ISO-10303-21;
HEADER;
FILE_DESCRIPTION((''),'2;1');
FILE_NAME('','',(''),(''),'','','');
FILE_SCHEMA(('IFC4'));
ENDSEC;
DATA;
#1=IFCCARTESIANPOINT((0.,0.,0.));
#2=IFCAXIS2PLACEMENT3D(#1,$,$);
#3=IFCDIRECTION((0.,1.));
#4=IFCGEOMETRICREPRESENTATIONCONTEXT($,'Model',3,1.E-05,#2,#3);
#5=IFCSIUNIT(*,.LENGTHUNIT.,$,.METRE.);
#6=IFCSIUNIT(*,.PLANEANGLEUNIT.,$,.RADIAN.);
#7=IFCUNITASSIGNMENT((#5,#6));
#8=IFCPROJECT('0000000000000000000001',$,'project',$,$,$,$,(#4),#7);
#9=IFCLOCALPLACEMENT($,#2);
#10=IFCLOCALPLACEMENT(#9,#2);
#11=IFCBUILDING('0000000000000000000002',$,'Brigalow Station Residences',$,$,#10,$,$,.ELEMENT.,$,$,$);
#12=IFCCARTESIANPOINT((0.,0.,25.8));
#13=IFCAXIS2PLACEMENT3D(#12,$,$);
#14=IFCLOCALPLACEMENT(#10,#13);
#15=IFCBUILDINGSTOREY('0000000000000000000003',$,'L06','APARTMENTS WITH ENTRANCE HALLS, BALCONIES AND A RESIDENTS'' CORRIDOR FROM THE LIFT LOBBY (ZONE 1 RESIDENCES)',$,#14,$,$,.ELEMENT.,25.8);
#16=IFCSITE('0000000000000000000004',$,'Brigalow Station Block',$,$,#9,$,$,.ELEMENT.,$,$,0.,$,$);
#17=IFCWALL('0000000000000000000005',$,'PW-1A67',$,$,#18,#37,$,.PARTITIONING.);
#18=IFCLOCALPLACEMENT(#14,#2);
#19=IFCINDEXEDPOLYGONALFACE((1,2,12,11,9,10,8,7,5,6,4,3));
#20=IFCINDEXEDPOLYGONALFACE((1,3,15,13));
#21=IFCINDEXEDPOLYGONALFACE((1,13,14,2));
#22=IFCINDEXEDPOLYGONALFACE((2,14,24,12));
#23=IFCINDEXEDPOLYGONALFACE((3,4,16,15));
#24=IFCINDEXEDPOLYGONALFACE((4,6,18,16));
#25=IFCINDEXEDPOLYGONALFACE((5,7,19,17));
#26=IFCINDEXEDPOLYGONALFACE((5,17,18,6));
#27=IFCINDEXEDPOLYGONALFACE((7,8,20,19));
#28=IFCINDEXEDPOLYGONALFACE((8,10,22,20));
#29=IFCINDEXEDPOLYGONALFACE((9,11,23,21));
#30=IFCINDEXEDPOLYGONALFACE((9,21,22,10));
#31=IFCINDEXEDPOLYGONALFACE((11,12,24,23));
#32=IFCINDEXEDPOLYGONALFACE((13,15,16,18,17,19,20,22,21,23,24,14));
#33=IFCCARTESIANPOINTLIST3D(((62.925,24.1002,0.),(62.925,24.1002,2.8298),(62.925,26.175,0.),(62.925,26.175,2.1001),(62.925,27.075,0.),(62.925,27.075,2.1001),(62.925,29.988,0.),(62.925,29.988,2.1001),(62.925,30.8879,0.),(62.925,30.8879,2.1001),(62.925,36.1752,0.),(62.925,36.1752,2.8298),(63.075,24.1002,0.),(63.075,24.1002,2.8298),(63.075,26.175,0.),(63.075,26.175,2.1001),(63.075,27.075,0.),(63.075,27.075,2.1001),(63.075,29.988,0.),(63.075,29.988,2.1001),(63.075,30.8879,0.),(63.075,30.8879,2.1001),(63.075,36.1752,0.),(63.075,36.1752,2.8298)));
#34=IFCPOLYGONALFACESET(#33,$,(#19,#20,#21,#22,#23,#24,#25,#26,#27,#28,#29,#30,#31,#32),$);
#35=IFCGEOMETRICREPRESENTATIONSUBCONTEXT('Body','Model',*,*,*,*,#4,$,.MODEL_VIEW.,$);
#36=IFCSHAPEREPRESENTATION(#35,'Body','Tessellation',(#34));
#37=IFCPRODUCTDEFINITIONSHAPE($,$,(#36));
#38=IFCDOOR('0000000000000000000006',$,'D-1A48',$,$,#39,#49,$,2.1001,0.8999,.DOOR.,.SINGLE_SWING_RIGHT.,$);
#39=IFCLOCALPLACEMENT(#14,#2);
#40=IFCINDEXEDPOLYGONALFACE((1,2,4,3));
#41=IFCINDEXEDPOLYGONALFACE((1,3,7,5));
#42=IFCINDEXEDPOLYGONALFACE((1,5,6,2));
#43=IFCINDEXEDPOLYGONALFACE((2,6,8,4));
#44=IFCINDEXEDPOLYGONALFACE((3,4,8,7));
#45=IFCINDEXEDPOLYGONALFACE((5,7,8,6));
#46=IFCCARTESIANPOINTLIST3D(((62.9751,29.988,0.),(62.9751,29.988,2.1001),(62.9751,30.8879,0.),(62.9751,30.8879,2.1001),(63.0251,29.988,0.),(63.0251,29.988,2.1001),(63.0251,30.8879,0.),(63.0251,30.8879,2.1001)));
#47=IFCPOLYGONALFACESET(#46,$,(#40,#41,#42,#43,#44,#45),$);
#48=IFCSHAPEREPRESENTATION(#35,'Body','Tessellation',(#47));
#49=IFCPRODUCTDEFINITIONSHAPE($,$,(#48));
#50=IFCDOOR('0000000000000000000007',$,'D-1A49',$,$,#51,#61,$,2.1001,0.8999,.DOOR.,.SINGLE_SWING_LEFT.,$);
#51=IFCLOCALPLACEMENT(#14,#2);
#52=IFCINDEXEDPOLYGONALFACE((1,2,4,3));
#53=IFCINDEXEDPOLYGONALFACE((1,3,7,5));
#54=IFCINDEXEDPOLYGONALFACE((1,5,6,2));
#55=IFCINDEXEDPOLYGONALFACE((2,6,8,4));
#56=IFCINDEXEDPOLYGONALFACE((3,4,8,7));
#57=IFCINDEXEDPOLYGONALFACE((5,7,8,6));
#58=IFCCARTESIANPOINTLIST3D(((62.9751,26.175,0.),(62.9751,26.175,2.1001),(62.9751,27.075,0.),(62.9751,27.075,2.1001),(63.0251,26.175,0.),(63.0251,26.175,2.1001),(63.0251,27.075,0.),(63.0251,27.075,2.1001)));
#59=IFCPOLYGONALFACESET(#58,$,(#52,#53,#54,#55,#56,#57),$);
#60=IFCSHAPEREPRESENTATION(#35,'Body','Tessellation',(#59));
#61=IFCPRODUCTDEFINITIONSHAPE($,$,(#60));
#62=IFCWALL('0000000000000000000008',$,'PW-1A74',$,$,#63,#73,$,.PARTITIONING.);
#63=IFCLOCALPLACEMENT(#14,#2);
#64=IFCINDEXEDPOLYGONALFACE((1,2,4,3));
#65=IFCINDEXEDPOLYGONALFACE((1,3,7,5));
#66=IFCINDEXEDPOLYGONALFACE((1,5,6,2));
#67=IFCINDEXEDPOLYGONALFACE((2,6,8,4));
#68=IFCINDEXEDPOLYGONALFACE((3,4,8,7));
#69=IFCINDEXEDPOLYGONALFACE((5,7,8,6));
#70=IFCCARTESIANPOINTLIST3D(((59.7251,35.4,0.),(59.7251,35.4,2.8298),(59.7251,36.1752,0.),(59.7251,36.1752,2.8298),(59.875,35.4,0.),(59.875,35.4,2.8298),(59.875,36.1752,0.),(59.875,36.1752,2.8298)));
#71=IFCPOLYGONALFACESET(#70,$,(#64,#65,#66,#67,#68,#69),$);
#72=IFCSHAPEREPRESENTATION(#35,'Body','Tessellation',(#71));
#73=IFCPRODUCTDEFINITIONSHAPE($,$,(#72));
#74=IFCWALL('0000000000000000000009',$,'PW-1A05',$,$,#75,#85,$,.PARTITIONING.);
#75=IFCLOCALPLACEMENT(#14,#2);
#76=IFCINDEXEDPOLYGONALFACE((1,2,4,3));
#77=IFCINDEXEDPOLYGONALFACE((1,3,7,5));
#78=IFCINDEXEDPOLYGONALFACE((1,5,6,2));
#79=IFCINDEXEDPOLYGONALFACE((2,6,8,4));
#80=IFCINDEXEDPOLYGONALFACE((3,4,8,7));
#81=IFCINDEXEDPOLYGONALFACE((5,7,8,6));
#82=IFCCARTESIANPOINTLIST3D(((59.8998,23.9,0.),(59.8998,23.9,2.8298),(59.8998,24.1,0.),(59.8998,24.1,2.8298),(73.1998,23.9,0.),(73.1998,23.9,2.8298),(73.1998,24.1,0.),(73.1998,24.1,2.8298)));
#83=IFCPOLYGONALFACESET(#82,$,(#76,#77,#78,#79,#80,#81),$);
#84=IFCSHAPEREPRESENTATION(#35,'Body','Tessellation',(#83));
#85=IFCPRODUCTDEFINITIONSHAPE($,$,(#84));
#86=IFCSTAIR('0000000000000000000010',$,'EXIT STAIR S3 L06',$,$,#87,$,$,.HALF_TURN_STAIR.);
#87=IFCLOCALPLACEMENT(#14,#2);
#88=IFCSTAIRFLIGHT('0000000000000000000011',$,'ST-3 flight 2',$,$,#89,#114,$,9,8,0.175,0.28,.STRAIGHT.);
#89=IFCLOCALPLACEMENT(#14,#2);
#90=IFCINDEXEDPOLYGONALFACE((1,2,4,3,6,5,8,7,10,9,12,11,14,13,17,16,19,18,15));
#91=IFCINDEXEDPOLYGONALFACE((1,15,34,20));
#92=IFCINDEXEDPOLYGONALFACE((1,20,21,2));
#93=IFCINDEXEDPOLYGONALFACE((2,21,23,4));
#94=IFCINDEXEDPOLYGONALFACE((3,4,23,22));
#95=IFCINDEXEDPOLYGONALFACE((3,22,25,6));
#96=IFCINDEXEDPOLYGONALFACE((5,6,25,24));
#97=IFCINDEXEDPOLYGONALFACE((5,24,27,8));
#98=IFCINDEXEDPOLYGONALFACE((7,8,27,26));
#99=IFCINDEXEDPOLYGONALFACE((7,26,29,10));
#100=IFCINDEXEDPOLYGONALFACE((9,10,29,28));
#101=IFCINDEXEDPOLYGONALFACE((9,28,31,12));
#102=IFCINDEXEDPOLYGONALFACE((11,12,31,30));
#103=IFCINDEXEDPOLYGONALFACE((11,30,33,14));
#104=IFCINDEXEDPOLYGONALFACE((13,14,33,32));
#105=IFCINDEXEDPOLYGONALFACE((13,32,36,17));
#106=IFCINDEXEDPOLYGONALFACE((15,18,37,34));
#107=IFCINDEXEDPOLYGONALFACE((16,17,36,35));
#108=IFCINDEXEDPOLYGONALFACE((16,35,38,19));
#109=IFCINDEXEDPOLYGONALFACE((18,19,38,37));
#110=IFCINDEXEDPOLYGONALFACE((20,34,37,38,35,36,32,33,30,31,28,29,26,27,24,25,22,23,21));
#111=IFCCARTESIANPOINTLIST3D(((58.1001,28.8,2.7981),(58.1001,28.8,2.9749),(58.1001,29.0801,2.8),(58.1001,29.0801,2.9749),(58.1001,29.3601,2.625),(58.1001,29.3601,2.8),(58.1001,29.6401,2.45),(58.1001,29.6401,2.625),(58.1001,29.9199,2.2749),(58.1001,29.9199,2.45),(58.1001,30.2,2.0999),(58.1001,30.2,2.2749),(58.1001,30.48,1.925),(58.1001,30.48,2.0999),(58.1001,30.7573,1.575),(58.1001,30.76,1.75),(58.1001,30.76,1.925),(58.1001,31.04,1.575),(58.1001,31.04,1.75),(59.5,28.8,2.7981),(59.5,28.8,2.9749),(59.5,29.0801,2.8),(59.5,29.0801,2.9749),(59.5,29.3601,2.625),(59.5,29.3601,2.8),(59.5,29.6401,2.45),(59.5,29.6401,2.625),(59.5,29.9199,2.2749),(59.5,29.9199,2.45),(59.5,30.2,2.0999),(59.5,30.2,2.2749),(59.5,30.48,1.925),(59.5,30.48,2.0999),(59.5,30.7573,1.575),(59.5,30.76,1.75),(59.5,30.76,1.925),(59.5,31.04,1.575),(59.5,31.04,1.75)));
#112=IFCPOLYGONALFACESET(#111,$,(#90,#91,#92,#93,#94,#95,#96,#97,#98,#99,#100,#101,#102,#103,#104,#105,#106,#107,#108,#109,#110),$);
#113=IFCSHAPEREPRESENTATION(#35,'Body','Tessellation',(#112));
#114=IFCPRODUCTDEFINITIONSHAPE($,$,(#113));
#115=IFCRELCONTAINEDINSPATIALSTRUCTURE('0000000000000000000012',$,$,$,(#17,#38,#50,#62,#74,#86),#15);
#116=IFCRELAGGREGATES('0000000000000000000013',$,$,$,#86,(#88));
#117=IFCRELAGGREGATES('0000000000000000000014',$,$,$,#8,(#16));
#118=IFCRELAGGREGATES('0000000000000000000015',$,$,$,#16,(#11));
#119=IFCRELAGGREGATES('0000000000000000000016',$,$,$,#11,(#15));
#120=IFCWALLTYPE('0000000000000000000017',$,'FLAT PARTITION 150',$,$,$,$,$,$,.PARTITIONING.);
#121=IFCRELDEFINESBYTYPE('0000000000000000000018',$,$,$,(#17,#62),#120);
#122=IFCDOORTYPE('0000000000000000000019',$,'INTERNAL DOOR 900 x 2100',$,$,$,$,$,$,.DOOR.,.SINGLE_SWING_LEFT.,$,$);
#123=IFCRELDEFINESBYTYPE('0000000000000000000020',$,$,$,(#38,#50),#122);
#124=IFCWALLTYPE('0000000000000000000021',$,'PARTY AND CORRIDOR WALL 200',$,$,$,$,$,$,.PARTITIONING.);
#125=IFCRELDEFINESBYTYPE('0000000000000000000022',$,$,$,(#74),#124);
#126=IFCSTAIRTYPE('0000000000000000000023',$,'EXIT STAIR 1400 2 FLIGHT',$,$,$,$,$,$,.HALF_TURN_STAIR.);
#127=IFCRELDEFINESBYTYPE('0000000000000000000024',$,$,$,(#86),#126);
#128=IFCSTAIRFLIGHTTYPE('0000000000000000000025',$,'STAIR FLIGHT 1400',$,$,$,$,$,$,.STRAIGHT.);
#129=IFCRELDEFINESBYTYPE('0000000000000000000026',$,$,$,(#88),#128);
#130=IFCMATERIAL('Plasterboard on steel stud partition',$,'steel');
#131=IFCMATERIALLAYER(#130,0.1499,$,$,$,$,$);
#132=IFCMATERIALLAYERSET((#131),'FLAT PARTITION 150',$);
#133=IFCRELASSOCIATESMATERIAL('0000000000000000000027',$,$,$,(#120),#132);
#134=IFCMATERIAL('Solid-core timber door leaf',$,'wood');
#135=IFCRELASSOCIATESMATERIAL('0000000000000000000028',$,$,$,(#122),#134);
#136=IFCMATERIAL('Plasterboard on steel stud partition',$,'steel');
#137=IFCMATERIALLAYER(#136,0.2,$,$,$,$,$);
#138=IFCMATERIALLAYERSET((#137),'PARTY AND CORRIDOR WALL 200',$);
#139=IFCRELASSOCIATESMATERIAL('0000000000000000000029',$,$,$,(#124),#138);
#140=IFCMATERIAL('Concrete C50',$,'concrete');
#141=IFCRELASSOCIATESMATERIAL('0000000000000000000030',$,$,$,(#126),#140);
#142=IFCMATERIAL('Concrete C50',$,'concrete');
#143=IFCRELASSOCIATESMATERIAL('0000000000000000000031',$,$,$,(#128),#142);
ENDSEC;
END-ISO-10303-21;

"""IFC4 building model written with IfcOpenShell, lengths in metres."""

from ifc_helpers import new_model, si_unit, direction, frame, frame_2d, origin, place, context, subcontext, project, spatial, polyline, rectangle, outline, extrude, material, layer, layer_set, type_object, element, fill, aggregate, save


model = new_model("IFC4")

# Units and contexts
model_context = context("Model", 3, precision=1e-05, world=origin(), true_north=direction((0.0, 1.0)))
body_context = subcontext(model_context, "Body", "Model", "MODEL_VIEW")
ifc_project = project(units=[si_unit("LENGTHUNIT", "METRE"), si_unit("PLANEANGLEUNIT", "RADIAN")], contexts=[model_context])

# Site, building, storey
site_placement = place(None, origin())
site = spatial("IfcSite", under=ifc_project, at=site_placement, Name="Brigalow Station Block", CompositionType="ELEMENT", RefElevation=0.0)
building_placement = place(site_placement, origin())
building = spatial("IfcBuilding", under=site, at=building_placement, Name="Brigalow Station Residences", CompositionType="ELEMENT")
storey_placement = place(building_placement, frame((0.0, 0.0, 25.8)))
storey = spatial("IfcBuildingStorey", under=building, at=storey_placement, Name="L06", Description="APARTMENTS WITH ENTRANCE HALLS, BALCONIES AND A RESIDENTS' CORRIDOR FROM THE LIFT LOBBY (ZONE 1 RESIDENCES)", CompositionType="ELEMENT", Elevation=25.8)

# Shared definitions
ifc_material_1 = material(Name="Plasterboard on steel stud partition", Category="steel")
ifc_layer_1 = layer(ifc_material_1, 0.1499)
ifc_layer_set_1 = layer_set([ifc_layer_1], Name="FLAT PARTITION 150")
wall_type_1 = type_object("IfcWallType", Name="FLAT PARTITION 150", PredefinedType="PARTITIONING", material=ifc_layer_set_1)

# Shared definitions
ifc_material_2 = material(Name="Solid-core timber door leaf", Category="wood")
door_type_1 = type_object("IfcDoorType", Name="INTERNAL DOOR 900 x 2100", OperationType="SINGLE_SWING_LEFT", PredefinedType="DOOR", material=ifc_material_2)

# Wall, openings, doors
wall_1_placement = place(storey_placement, frame((63.0, 24.1001, 0.0), z_axis=(0.0, 0.0, 1.0), x_axis=(0.0, 1.0, 0.0)))
wall_1 = element("IfcWall", 1, at=wall_1_placement, inside=storey, type_object=wall_type_1, Name="PW-1A67", PredefinedType="PARTITIONING", context=body_context, shape_type="SweptSolid", body=[
    extrude(rectangle(XDim=12.075, YDim=0.1499, at=frame_2d((6.0376, 0.0))), origin(), (0.0, 0.0, 1.0), 2.8298),
])
opening_1_placement = place(wall_1_placement, frame((5.8879, 0.0, 0.0)))
opening_1 = element("IfcOpeningElement", 2, at=opening_1_placement, cuts=wall_1, PredefinedType="OPENING", context=body_context, shape_type="SweptSolid", body=[
    extrude(rectangle(XDim=0.8999, YDim=2.1001, at=frame_2d((0.45, 1.05))), frame((0.0, 0.085, 0.0), z_axis=(0.0, -1.0, 0.0), x_axis=(1.0, 0.0, 0.0)), (0.0, 0.0, 1.0), 0.1699),
])
opening_2_placement = place(wall_1_placement, frame((2.075, 0.0, 0.0)))
opening_2 = element("IfcOpeningElement", 3, at=opening_2_placement, cuts=wall_1, PredefinedType="OPENING", context=body_context, shape_type="SweptSolid", body=[
    extrude(rectangle(XDim=0.8999, YDim=2.1001, at=frame_2d((0.45, 1.05))), frame((0.0, 0.085, 0.0), z_axis=(0.0, -1.0, 0.0), x_axis=(1.0, 0.0, 0.0)), (0.0, 0.0, 1.0), 0.1699),
])
door_1_placement = place(opening_1_placement, origin())
door_1 = element("IfcDoor", 4, at=door_1_placement, inside=storey, type_object=door_type_1, Name="D-1A48", OperationType="SINGLE_SWING_RIGHT", OverallHeight=2.1001, OverallWidth=0.8999, PredefinedType="DOOR", context=body_context, shape_type="SweptSolid", body=[
    extrude(rectangle(XDim=0.8999, YDim=2.1001, at=frame_2d((0.45, 1.05))), frame((0.0, 0.0249, 0.0), z_axis=(0.0, -1.0, 0.0), x_axis=(1.0, 0.0, 0.0)), (0.0, 0.0, 1.0), 0.05),
])
fill(opening_1, door_1)
door_2_placement = place(opening_2_placement, origin())
door_2 = element("IfcDoor", 5, at=door_2_placement, inside=storey, type_object=door_type_1, Name="D-1A49", OperationType="SINGLE_SWING_LEFT", OverallHeight=2.1001, OverallWidth=0.8999, PredefinedType="DOOR", context=body_context, shape_type="SweptSolid", body=[
    extrude(rectangle(XDim=0.8999, YDim=2.1001, at=frame_2d((0.45, 1.05))), frame((0.0, 0.0249, 0.0), z_axis=(0.0, -1.0, 0.0), x_axis=(1.0, 0.0, 0.0)), (0.0, 0.0, 1.0), 0.05),
])
fill(opening_2, door_2)

# Walls
wall_2_placement = place(storey_placement, frame((59.8, 35.3999, 0.0), z_axis=(0.0, 0.0, 1.0), x_axis=(0.0, 1.0, 0.0)))
element("IfcWall", 6, at=wall_2_placement, inside=storey, type_object=wall_type_1, Name="PW-1A74", PredefinedType="PARTITIONING", context=body_context, shape_type="SweptSolid", body=[
    extrude(rectangle(XDim=0.7751, YDim=0.1499, at=frame_2d((0.3877, 0.0))), origin(), (0.0, 0.0, 1.0), 2.8298),
])
ifc_material_3 = material(Name="Plasterboard on steel stud partition", Category="steel")
ifc_layer_2 = layer(ifc_material_3, 0.2)
ifc_layer_set_2 = layer_set([ifc_layer_2], Name="PARTY AND CORRIDOR WALL 200")
wall_type_2 = type_object("IfcWallType", Name="PARTY AND CORRIDOR WALL 200", PredefinedType="PARTITIONING", material=ifc_layer_set_2)
wall_3_placement = place(storey_placement, frame((59.8999, 24.0, 0.0), z_axis=(0.0, 0.0, 1.0), x_axis=(1.0, 0.0, 0.0)))
element("IfcWall", 7, at=wall_3_placement, inside=storey, type_object=wall_type_2, Name="PW-1A05", PredefinedType="PARTITIONING", context=body_context, shape_type="SweptSolid", body=[
    extrude(rectangle(XDim=13.3, YDim=0.2, at=frame_2d((6.6499, 0.0))), origin(), (0.0, 0.0, 1.0), 2.8298),
])

# Stair, stair flight
ifc_material_4 = material(Name="Concrete C50", Category="concrete")
stair_type = type_object("IfcStairType", Name="EXIT STAIR 1400 2 FLIGHT", PredefinedType="HALF_TURN_STAIR", material=ifc_material_4)
stair_placement = place(storey_placement, origin())
stair = element("IfcStair", 8, at=stair_placement, inside=storey, type_object=stair_type, Name="EXIT STAIR S3 L06", PredefinedType="HALF_TURN_STAIR")
ifc_material_5 = material(Name="Concrete C50", Category="concrete")
stair_flight_type = type_object("IfcStairFlightType", Name="STAIR FLIGHT 1400", PredefinedType="STRAIGHT", material=ifc_material_5)
stair_flight_placement = place(storey_placement, frame((58.8, 31.04, 1.575), z_axis=(0.0, 0.0, 1.0), x_axis=(0.0, -1.0, 0.0)))
stair_flight = element("IfcStairFlight", 9, at=stair_flight_placement, type_object=stair_flight_type, Name="ST-3 flight 2", NumberOfRisers=9, NumberOfTreads=8, PredefinedType="STRAIGHT", RiserHeight=0.175, TreadLength=0.28, context=body_context, shape_type="SweptSolid", body=[
    extrude(outline(polyline([(0.0, 0.0), (0.0, 0.175), (0.28, 0.175), (0.28, 0.3501), (0.5601, 0.3501), (0.5601, 0.5249), (0.8401, 0.5249), (0.8401, 0.7), (1.1201, 0.7), (1.1201, 0.875), (1.3999, 0.875), (1.3999, 1.05), (1.6799, 1.05), (1.6799, 1.2251), (1.96, 1.2251), (1.96, 1.3999), (2.24, 1.3999), (2.24, 1.575), (2.24, 1.2231), (0.2827, 0.0), (0.0, 0.0)])), frame((0.0, 0.7, 0.0), z_axis=(0.0, -1.0, 0.0), x_axis=(1.0, 0.0, 0.0)), (0.0, 0.0, 1.0), 1.3999),
])
aggregate(stair, [stair_flight])

save(model, "model.ifc")
